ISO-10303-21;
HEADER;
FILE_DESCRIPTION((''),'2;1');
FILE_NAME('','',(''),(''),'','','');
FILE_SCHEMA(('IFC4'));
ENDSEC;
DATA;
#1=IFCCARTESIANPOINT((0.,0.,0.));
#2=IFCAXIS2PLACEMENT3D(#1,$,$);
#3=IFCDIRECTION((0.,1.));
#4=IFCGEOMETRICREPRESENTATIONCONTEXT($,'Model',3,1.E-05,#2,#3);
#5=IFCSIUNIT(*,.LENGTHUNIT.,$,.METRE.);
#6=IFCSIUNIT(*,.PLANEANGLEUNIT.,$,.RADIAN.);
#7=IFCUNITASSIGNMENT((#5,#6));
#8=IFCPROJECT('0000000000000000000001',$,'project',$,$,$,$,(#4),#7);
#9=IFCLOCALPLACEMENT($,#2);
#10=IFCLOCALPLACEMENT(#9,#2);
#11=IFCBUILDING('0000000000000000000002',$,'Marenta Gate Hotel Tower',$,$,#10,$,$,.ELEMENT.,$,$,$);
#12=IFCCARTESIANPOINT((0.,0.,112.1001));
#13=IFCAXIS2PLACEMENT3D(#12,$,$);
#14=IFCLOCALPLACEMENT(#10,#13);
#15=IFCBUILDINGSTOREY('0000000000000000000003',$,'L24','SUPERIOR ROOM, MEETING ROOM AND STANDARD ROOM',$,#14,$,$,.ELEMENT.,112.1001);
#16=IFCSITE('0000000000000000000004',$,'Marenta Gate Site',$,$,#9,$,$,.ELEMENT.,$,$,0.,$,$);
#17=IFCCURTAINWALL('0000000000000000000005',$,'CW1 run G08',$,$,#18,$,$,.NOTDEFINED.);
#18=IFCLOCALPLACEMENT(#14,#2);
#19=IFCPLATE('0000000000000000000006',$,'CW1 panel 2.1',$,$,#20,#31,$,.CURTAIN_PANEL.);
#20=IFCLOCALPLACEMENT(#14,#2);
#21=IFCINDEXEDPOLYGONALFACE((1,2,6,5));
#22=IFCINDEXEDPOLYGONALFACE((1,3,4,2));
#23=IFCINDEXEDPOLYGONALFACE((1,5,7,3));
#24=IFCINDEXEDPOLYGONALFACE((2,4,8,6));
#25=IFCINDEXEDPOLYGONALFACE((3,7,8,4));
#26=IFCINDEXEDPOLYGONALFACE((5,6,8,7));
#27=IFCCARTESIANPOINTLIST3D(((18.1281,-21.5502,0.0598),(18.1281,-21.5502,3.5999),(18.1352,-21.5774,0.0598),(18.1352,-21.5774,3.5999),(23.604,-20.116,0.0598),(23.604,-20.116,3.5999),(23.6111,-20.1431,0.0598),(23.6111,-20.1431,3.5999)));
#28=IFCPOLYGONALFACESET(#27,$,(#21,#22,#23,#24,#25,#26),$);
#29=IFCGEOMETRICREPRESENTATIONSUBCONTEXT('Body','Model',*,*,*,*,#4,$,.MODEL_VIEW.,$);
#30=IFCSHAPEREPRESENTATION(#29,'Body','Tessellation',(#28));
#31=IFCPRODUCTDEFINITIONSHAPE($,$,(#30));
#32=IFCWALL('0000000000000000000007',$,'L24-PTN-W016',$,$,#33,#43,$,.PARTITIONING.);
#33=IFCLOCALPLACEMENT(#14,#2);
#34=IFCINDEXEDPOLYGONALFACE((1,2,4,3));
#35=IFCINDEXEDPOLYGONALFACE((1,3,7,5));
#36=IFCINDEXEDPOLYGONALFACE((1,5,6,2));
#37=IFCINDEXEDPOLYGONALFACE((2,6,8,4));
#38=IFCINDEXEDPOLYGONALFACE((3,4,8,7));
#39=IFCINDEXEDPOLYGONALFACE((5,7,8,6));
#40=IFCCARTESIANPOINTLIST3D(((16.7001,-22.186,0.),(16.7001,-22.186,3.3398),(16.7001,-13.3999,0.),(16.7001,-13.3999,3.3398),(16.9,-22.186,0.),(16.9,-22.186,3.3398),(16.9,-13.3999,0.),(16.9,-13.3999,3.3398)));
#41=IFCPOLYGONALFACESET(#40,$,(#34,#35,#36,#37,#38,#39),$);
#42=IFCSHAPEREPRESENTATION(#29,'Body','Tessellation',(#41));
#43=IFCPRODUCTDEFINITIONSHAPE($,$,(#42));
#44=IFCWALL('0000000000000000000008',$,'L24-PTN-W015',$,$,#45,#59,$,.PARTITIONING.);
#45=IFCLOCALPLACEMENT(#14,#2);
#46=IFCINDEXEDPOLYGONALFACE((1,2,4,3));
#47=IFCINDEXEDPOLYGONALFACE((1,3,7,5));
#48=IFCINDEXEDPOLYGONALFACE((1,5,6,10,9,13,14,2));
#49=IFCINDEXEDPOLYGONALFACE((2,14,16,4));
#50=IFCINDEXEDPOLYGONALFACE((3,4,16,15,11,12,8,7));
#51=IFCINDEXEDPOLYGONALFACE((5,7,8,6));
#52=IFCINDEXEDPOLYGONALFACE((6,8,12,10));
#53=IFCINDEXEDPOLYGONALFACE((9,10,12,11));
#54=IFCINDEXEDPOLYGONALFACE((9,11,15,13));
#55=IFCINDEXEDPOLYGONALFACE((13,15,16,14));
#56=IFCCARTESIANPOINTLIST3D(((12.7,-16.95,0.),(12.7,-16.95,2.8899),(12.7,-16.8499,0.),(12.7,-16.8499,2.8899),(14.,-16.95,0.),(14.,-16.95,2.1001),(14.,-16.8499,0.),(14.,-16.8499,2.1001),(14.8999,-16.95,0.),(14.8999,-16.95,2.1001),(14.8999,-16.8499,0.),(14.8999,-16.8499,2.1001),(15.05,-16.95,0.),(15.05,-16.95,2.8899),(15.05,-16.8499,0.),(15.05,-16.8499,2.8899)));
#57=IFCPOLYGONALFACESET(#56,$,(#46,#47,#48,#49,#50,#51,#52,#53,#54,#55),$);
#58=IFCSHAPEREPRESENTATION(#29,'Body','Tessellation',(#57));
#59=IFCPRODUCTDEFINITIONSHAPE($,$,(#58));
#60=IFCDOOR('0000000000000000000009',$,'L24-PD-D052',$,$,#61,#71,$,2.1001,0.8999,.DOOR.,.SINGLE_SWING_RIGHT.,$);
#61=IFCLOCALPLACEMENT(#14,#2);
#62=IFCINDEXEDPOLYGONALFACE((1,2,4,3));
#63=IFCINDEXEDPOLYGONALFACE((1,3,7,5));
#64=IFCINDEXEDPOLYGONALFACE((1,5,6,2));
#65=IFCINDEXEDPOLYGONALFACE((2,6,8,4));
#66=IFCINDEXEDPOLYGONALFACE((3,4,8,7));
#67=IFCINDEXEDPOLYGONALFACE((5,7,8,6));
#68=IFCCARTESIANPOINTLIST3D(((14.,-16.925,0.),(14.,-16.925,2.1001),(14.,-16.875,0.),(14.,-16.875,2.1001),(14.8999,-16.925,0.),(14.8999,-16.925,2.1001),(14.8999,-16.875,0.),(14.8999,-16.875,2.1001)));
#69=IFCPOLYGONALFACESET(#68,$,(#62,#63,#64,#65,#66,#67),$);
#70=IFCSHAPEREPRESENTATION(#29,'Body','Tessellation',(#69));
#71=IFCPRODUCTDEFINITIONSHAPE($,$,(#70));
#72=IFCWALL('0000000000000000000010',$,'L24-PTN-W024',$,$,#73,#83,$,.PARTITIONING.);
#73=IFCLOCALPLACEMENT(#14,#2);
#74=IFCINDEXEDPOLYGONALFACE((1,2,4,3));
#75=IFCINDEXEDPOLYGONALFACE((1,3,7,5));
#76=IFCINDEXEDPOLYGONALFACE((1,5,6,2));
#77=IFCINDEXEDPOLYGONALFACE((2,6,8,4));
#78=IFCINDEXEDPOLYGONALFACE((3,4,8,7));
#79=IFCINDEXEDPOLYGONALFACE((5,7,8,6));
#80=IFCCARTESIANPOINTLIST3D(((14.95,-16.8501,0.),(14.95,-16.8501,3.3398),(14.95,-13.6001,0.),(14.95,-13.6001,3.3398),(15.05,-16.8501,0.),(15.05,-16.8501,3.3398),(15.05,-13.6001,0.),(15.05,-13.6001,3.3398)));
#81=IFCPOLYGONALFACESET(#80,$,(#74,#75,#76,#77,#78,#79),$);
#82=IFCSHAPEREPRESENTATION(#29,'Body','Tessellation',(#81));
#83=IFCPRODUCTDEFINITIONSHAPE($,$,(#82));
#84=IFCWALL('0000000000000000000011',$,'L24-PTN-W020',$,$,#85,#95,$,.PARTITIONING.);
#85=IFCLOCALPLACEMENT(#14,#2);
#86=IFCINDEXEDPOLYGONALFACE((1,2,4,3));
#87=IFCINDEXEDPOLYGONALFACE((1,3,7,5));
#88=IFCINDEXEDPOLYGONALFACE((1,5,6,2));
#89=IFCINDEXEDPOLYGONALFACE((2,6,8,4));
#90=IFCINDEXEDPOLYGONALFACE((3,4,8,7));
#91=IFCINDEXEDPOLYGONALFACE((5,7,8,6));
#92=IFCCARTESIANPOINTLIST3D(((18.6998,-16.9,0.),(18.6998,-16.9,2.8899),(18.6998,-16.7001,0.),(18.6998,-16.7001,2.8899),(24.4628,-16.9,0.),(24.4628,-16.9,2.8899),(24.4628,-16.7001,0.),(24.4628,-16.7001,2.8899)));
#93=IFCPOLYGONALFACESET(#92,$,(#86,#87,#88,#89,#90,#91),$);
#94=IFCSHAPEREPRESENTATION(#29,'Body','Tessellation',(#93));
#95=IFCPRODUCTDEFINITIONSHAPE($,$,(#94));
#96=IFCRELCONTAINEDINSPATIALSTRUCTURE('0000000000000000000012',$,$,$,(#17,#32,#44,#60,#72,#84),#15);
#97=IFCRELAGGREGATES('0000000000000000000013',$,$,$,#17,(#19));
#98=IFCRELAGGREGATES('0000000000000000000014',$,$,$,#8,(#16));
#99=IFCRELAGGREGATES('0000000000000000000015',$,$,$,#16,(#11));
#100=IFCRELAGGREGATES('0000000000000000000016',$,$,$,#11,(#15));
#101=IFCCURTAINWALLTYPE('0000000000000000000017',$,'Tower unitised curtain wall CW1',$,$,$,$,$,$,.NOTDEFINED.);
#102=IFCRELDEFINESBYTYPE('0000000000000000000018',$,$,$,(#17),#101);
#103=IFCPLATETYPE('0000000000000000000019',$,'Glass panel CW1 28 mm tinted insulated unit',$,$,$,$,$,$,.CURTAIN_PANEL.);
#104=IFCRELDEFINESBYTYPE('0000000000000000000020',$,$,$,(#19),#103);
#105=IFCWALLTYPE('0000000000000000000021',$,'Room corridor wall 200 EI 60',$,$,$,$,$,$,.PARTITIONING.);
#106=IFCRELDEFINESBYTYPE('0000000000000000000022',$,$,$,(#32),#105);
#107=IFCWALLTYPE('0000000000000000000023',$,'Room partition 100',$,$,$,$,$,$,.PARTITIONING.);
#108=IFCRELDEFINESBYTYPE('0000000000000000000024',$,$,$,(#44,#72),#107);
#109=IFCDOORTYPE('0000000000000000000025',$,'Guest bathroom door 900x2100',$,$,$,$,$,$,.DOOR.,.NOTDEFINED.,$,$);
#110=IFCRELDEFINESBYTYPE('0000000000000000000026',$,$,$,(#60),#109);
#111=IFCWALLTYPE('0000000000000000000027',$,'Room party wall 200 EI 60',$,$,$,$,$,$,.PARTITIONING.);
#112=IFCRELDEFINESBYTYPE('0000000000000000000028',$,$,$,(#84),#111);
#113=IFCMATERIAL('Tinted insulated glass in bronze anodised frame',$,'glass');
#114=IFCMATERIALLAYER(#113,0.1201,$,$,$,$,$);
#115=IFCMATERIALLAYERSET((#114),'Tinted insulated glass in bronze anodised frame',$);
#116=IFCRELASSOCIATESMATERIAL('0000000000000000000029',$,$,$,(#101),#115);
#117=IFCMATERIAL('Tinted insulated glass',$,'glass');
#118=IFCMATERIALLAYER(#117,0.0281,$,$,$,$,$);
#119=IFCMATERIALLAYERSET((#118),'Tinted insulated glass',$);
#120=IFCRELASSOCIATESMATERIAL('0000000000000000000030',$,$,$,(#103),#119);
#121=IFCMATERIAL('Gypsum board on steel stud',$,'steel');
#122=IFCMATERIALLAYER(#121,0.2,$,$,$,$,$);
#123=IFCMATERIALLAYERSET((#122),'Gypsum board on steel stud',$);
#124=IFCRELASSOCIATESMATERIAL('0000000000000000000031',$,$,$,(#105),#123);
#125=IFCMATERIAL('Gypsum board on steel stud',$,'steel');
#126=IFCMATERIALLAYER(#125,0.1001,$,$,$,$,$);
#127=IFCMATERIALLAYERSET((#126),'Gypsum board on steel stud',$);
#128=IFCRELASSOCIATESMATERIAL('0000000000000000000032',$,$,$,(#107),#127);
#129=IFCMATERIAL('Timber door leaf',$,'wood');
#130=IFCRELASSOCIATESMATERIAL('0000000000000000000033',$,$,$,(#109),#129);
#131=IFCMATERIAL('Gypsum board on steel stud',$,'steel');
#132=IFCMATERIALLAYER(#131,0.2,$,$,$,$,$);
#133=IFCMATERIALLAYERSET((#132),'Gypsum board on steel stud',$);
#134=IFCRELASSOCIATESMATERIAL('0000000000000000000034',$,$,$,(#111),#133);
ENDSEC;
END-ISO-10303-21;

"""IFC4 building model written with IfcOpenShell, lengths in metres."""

from ifc_helpers import new_model, si_unit, direction, frame, frame_2d, origin, origin_2d, place, context, subcontext, project, spatial, rectangle, extrude, material, layer, layer_set, type_object, element, fill, aggregate, save


model = new_model("IFC4")

# Units and contexts
model_context = context("Model", 3, precision=1e-05, world=origin(), true_north=direction((0.0, 1.0)))
body_context = subcontext(model_context, "Body", "Model", "MODEL_VIEW")
ifc_project = project(units=[si_unit("LENGTHUNIT", "METRE"), si_unit("PLANEANGLEUNIT", "RADIAN")], contexts=[model_context])

# Site, building, storey
site_placement = place(None, origin())
site = spatial("IfcSite", under=ifc_project, at=site_placement, Name="Marenta Gate Site", CompositionType="ELEMENT", RefElevation=0.0)
building_placement = place(site_placement, origin())
building = spatial("IfcBuilding", under=site, at=building_placement, Name="Marenta Gate Hotel Tower", CompositionType="ELEMENT")
storey_placement = place(building_placement, frame((0.0, 0.0, 112.1001)))
storey = spatial("IfcBuildingStorey", under=building, at=storey_placement, Name="L24", Description="SUPERIOR ROOM, MEETING ROOM AND STANDARD ROOM", CompositionType="ELEMENT", Elevation=112.1001)

# Curtain wall, plate
ifc_material_1 = material(Name="Tinted insulated glass in bronze anodised frame", Category="glass")
ifc_layer_1 = layer(ifc_material_1, 0.1201)
ifc_layer_set_1 = layer_set([ifc_layer_1], Name="Tinted insulated glass in bronze anodised frame")
curtain_wall_type = type_object("IfcCurtainWallType", Name="Tower unitised curtain wall CW1", PredefinedType="NOTDEFINED", material=ifc_layer_set_1)
curtain_wall_placement = place(storey_placement, origin())
curtain_wall = element("IfcCurtainWall", 1, at=curtain_wall_placement, inside=storey, type_object=curtain_wall_type, Name="CW1 run G08", PredefinedType="NOTDEFINED")
ifc_material_2 = material(Name="Tinted insulated glass", Category="glass")
ifc_layer_2 = layer(ifc_material_2, 0.0281)
ifc_layer_set_2 = layer_set([ifc_layer_2], Name="Tinted insulated glass")
plate_type = type_object("IfcPlateType", Name="Glass panel CW1 28 mm tinted insulated unit", PredefinedType="CURTAIN_PANEL", material=ifc_layer_set_2)
plate_1_placement = place(storey_placement, frame((20.8696, -20.8467, 0.0598), z_axis=(0.0, 0.0, 1.0), x_axis=(0.967368, 0.253374, 0.0)))
plate_1 = element("IfcPlate", 2, at=plate_1_placement, type_object=plate_type, Name="CW1 panel 2.1", PredefinedType="CURTAIN_PANEL", context=body_context, shape_type="SweptSolid", body=[
    extrude(rectangle(XDim=5.6606, YDim=0.0281, at=origin_2d()), origin(), (0.0, 0.0, 1.0), 3.54),
])
aggregate(curtain_wall, [plate_1])

# Shared definitions
ifc_material_3 = material(Name="Gypsum board on steel stud", Category="steel")
ifc_layer_3 = layer(ifc_material_3, 0.2)
ifc_layer_set_3 = layer_set([ifc_layer_3], Name="Gypsum board on steel stud")
wall_type_1 = type_object("IfcWallType", Name="Room corridor wall 200 EI 60", PredefinedType="PARTITIONING", material=ifc_layer_set_3)

# Wall
wall_1_placement = place(storey_placement, frame((16.8, -22.186, 0.0), z_axis=(0.0, 0.0, 1.0), x_axis=(0.0, 1.0, 0.0)))
element("IfcWall", 3, at=wall_1_placement, inside=storey, type_object=wall_type_1, Name="L24-PTN-W016", PredefinedType="PARTITIONING", context=body_context, shape_type="SweptSolid", body=[
    extrude(rectangle(XDim=8.7861, YDim=0.2, at=frame_2d((4.3931, 0.0))), origin(), (0.0, 0.0, 1.0), 3.3398),
])

# Wall, opening, door
ifc_material_4 = material(Name="Gypsum board on steel stud", Category="steel")
ifc_layer_4 = layer(ifc_material_4, 0.1001)
ifc_layer_set_4 = layer_set([ifc_layer_4], Name="Gypsum board on steel stud")
wall_type_2 = type_object("IfcWallType", Name="Room partition 100", PredefinedType="PARTITIONING", material=ifc_layer_set_4)
wall_2_placement = place(storey_placement, frame((12.7, -16.8999, 0.0), z_axis=(0.0, 0.0, 1.0), x_axis=(1.0, 0.0, 0.0)))
wall_2 = element("IfcWall", 4, at=wall_2_placement, inside=storey, type_object=wall_type_2, Name="L24-PTN-W015", PredefinedType="PARTITIONING", context=body_context, shape_type="SweptSolid", body=[
    extrude(rectangle(XDim=2.3501, YDim=0.1001, at=frame_2d((1.175, 0.0))), origin(), (0.0, 0.0, 1.0), 2.8899),
])
opening_1_placement = place(wall_2_placement, frame((1.3, 0.0, 0.0)))
opening_1 = element("IfcOpeningElement", 5, at=opening_1_placement, cuts=wall_2, PredefinedType="OPENING", context=body_context, shape_type="SweptSolid", body=[
    extrude(rectangle(XDim=0.8999, YDim=2.1001, at=frame_2d((0.45, 1.05))), frame((0.0, 0.05, 0.0), z_axis=(0.0, -1.0, 0.0), x_axis=(1.0, 0.0, 0.0)), (0.0, 0.0, 1.0), 0.1001),
])
ifc_material_5 = material(Name="Timber door leaf", Category="wood")
door_type_1 = type_object("IfcDoorType", Name="Guest bathroom door 900x2100", OperationType="NOTDEFINED", PredefinedType="DOOR", material=ifc_material_5)
door_1_placement = place(opening_1_placement, origin())
door_1 = element("IfcDoor", 6, at=door_1_placement, inside=storey, type_object=door_type_1, Name="L24-PD-D052", OperationType="SINGLE_SWING_RIGHT", OverallHeight=2.1001, OverallWidth=0.8999, PredefinedType="DOOR", context=body_context, shape_type="SweptSolid", body=[
    extrude(rectangle(XDim=0.8999, YDim=2.1001, at=frame_2d((0.45, 1.05))), frame((0.0, 0.0249, 0.0), z_axis=(0.0, -1.0, 0.0), x_axis=(1.0, 0.0, 0.0)), (0.0, 0.0, 1.0), 0.05),
])
fill(opening_1, door_1)

# Walls
wall_3_placement = place(storey_placement, frame((15.0, -16.8501, 0.0), z_axis=(0.0, 0.0, 1.0), x_axis=(0.0, 1.0, 0.0)))
element("IfcWall", 7, at=wall_3_placement, inside=storey, type_object=wall_type_2, Name="L24-PTN-W024", PredefinedType="PARTITIONING", context=body_context, shape_type="SweptSolid", body=[
    extrude(rectangle(XDim=3.25, YDim=0.1001, at=frame_2d((1.625, 0.0))), origin(), (0.0, 0.0, 1.0), 3.3398),
])
ifc_material_6 = material(Name="Gypsum board on steel stud", Category="steel")
ifc_layer_5 = layer(ifc_material_6, 0.2)
ifc_layer_set_5 = layer_set([ifc_layer_5], Name="Gypsum board on steel stud")
wall_type_3 = type_object("IfcWallType", Name="Room party wall 200 EI 60", PredefinedType="PARTITIONING", material=ifc_layer_set_5)
wall_4_placement = place(storey_placement, frame((18.7, -16.8, 0.0), z_axis=(0.0, 0.0, 1.0), x_axis=(1.0, 0.0, 0.0)))
element("IfcWall", 8, at=wall_4_placement, inside=storey, type_object=wall_type_3, Name="L24-PTN-W020", PredefinedType="PARTITIONING", context=body_context, shape_type="SweptSolid", body=[
    extrude(rectangle(XDim=5.7629, YDim=0.2, at=frame_2d((2.8813, 0.0))), origin(), (0.0, 0.0, 1.0), 2.8899),
])

save(model, "model.ifc")
